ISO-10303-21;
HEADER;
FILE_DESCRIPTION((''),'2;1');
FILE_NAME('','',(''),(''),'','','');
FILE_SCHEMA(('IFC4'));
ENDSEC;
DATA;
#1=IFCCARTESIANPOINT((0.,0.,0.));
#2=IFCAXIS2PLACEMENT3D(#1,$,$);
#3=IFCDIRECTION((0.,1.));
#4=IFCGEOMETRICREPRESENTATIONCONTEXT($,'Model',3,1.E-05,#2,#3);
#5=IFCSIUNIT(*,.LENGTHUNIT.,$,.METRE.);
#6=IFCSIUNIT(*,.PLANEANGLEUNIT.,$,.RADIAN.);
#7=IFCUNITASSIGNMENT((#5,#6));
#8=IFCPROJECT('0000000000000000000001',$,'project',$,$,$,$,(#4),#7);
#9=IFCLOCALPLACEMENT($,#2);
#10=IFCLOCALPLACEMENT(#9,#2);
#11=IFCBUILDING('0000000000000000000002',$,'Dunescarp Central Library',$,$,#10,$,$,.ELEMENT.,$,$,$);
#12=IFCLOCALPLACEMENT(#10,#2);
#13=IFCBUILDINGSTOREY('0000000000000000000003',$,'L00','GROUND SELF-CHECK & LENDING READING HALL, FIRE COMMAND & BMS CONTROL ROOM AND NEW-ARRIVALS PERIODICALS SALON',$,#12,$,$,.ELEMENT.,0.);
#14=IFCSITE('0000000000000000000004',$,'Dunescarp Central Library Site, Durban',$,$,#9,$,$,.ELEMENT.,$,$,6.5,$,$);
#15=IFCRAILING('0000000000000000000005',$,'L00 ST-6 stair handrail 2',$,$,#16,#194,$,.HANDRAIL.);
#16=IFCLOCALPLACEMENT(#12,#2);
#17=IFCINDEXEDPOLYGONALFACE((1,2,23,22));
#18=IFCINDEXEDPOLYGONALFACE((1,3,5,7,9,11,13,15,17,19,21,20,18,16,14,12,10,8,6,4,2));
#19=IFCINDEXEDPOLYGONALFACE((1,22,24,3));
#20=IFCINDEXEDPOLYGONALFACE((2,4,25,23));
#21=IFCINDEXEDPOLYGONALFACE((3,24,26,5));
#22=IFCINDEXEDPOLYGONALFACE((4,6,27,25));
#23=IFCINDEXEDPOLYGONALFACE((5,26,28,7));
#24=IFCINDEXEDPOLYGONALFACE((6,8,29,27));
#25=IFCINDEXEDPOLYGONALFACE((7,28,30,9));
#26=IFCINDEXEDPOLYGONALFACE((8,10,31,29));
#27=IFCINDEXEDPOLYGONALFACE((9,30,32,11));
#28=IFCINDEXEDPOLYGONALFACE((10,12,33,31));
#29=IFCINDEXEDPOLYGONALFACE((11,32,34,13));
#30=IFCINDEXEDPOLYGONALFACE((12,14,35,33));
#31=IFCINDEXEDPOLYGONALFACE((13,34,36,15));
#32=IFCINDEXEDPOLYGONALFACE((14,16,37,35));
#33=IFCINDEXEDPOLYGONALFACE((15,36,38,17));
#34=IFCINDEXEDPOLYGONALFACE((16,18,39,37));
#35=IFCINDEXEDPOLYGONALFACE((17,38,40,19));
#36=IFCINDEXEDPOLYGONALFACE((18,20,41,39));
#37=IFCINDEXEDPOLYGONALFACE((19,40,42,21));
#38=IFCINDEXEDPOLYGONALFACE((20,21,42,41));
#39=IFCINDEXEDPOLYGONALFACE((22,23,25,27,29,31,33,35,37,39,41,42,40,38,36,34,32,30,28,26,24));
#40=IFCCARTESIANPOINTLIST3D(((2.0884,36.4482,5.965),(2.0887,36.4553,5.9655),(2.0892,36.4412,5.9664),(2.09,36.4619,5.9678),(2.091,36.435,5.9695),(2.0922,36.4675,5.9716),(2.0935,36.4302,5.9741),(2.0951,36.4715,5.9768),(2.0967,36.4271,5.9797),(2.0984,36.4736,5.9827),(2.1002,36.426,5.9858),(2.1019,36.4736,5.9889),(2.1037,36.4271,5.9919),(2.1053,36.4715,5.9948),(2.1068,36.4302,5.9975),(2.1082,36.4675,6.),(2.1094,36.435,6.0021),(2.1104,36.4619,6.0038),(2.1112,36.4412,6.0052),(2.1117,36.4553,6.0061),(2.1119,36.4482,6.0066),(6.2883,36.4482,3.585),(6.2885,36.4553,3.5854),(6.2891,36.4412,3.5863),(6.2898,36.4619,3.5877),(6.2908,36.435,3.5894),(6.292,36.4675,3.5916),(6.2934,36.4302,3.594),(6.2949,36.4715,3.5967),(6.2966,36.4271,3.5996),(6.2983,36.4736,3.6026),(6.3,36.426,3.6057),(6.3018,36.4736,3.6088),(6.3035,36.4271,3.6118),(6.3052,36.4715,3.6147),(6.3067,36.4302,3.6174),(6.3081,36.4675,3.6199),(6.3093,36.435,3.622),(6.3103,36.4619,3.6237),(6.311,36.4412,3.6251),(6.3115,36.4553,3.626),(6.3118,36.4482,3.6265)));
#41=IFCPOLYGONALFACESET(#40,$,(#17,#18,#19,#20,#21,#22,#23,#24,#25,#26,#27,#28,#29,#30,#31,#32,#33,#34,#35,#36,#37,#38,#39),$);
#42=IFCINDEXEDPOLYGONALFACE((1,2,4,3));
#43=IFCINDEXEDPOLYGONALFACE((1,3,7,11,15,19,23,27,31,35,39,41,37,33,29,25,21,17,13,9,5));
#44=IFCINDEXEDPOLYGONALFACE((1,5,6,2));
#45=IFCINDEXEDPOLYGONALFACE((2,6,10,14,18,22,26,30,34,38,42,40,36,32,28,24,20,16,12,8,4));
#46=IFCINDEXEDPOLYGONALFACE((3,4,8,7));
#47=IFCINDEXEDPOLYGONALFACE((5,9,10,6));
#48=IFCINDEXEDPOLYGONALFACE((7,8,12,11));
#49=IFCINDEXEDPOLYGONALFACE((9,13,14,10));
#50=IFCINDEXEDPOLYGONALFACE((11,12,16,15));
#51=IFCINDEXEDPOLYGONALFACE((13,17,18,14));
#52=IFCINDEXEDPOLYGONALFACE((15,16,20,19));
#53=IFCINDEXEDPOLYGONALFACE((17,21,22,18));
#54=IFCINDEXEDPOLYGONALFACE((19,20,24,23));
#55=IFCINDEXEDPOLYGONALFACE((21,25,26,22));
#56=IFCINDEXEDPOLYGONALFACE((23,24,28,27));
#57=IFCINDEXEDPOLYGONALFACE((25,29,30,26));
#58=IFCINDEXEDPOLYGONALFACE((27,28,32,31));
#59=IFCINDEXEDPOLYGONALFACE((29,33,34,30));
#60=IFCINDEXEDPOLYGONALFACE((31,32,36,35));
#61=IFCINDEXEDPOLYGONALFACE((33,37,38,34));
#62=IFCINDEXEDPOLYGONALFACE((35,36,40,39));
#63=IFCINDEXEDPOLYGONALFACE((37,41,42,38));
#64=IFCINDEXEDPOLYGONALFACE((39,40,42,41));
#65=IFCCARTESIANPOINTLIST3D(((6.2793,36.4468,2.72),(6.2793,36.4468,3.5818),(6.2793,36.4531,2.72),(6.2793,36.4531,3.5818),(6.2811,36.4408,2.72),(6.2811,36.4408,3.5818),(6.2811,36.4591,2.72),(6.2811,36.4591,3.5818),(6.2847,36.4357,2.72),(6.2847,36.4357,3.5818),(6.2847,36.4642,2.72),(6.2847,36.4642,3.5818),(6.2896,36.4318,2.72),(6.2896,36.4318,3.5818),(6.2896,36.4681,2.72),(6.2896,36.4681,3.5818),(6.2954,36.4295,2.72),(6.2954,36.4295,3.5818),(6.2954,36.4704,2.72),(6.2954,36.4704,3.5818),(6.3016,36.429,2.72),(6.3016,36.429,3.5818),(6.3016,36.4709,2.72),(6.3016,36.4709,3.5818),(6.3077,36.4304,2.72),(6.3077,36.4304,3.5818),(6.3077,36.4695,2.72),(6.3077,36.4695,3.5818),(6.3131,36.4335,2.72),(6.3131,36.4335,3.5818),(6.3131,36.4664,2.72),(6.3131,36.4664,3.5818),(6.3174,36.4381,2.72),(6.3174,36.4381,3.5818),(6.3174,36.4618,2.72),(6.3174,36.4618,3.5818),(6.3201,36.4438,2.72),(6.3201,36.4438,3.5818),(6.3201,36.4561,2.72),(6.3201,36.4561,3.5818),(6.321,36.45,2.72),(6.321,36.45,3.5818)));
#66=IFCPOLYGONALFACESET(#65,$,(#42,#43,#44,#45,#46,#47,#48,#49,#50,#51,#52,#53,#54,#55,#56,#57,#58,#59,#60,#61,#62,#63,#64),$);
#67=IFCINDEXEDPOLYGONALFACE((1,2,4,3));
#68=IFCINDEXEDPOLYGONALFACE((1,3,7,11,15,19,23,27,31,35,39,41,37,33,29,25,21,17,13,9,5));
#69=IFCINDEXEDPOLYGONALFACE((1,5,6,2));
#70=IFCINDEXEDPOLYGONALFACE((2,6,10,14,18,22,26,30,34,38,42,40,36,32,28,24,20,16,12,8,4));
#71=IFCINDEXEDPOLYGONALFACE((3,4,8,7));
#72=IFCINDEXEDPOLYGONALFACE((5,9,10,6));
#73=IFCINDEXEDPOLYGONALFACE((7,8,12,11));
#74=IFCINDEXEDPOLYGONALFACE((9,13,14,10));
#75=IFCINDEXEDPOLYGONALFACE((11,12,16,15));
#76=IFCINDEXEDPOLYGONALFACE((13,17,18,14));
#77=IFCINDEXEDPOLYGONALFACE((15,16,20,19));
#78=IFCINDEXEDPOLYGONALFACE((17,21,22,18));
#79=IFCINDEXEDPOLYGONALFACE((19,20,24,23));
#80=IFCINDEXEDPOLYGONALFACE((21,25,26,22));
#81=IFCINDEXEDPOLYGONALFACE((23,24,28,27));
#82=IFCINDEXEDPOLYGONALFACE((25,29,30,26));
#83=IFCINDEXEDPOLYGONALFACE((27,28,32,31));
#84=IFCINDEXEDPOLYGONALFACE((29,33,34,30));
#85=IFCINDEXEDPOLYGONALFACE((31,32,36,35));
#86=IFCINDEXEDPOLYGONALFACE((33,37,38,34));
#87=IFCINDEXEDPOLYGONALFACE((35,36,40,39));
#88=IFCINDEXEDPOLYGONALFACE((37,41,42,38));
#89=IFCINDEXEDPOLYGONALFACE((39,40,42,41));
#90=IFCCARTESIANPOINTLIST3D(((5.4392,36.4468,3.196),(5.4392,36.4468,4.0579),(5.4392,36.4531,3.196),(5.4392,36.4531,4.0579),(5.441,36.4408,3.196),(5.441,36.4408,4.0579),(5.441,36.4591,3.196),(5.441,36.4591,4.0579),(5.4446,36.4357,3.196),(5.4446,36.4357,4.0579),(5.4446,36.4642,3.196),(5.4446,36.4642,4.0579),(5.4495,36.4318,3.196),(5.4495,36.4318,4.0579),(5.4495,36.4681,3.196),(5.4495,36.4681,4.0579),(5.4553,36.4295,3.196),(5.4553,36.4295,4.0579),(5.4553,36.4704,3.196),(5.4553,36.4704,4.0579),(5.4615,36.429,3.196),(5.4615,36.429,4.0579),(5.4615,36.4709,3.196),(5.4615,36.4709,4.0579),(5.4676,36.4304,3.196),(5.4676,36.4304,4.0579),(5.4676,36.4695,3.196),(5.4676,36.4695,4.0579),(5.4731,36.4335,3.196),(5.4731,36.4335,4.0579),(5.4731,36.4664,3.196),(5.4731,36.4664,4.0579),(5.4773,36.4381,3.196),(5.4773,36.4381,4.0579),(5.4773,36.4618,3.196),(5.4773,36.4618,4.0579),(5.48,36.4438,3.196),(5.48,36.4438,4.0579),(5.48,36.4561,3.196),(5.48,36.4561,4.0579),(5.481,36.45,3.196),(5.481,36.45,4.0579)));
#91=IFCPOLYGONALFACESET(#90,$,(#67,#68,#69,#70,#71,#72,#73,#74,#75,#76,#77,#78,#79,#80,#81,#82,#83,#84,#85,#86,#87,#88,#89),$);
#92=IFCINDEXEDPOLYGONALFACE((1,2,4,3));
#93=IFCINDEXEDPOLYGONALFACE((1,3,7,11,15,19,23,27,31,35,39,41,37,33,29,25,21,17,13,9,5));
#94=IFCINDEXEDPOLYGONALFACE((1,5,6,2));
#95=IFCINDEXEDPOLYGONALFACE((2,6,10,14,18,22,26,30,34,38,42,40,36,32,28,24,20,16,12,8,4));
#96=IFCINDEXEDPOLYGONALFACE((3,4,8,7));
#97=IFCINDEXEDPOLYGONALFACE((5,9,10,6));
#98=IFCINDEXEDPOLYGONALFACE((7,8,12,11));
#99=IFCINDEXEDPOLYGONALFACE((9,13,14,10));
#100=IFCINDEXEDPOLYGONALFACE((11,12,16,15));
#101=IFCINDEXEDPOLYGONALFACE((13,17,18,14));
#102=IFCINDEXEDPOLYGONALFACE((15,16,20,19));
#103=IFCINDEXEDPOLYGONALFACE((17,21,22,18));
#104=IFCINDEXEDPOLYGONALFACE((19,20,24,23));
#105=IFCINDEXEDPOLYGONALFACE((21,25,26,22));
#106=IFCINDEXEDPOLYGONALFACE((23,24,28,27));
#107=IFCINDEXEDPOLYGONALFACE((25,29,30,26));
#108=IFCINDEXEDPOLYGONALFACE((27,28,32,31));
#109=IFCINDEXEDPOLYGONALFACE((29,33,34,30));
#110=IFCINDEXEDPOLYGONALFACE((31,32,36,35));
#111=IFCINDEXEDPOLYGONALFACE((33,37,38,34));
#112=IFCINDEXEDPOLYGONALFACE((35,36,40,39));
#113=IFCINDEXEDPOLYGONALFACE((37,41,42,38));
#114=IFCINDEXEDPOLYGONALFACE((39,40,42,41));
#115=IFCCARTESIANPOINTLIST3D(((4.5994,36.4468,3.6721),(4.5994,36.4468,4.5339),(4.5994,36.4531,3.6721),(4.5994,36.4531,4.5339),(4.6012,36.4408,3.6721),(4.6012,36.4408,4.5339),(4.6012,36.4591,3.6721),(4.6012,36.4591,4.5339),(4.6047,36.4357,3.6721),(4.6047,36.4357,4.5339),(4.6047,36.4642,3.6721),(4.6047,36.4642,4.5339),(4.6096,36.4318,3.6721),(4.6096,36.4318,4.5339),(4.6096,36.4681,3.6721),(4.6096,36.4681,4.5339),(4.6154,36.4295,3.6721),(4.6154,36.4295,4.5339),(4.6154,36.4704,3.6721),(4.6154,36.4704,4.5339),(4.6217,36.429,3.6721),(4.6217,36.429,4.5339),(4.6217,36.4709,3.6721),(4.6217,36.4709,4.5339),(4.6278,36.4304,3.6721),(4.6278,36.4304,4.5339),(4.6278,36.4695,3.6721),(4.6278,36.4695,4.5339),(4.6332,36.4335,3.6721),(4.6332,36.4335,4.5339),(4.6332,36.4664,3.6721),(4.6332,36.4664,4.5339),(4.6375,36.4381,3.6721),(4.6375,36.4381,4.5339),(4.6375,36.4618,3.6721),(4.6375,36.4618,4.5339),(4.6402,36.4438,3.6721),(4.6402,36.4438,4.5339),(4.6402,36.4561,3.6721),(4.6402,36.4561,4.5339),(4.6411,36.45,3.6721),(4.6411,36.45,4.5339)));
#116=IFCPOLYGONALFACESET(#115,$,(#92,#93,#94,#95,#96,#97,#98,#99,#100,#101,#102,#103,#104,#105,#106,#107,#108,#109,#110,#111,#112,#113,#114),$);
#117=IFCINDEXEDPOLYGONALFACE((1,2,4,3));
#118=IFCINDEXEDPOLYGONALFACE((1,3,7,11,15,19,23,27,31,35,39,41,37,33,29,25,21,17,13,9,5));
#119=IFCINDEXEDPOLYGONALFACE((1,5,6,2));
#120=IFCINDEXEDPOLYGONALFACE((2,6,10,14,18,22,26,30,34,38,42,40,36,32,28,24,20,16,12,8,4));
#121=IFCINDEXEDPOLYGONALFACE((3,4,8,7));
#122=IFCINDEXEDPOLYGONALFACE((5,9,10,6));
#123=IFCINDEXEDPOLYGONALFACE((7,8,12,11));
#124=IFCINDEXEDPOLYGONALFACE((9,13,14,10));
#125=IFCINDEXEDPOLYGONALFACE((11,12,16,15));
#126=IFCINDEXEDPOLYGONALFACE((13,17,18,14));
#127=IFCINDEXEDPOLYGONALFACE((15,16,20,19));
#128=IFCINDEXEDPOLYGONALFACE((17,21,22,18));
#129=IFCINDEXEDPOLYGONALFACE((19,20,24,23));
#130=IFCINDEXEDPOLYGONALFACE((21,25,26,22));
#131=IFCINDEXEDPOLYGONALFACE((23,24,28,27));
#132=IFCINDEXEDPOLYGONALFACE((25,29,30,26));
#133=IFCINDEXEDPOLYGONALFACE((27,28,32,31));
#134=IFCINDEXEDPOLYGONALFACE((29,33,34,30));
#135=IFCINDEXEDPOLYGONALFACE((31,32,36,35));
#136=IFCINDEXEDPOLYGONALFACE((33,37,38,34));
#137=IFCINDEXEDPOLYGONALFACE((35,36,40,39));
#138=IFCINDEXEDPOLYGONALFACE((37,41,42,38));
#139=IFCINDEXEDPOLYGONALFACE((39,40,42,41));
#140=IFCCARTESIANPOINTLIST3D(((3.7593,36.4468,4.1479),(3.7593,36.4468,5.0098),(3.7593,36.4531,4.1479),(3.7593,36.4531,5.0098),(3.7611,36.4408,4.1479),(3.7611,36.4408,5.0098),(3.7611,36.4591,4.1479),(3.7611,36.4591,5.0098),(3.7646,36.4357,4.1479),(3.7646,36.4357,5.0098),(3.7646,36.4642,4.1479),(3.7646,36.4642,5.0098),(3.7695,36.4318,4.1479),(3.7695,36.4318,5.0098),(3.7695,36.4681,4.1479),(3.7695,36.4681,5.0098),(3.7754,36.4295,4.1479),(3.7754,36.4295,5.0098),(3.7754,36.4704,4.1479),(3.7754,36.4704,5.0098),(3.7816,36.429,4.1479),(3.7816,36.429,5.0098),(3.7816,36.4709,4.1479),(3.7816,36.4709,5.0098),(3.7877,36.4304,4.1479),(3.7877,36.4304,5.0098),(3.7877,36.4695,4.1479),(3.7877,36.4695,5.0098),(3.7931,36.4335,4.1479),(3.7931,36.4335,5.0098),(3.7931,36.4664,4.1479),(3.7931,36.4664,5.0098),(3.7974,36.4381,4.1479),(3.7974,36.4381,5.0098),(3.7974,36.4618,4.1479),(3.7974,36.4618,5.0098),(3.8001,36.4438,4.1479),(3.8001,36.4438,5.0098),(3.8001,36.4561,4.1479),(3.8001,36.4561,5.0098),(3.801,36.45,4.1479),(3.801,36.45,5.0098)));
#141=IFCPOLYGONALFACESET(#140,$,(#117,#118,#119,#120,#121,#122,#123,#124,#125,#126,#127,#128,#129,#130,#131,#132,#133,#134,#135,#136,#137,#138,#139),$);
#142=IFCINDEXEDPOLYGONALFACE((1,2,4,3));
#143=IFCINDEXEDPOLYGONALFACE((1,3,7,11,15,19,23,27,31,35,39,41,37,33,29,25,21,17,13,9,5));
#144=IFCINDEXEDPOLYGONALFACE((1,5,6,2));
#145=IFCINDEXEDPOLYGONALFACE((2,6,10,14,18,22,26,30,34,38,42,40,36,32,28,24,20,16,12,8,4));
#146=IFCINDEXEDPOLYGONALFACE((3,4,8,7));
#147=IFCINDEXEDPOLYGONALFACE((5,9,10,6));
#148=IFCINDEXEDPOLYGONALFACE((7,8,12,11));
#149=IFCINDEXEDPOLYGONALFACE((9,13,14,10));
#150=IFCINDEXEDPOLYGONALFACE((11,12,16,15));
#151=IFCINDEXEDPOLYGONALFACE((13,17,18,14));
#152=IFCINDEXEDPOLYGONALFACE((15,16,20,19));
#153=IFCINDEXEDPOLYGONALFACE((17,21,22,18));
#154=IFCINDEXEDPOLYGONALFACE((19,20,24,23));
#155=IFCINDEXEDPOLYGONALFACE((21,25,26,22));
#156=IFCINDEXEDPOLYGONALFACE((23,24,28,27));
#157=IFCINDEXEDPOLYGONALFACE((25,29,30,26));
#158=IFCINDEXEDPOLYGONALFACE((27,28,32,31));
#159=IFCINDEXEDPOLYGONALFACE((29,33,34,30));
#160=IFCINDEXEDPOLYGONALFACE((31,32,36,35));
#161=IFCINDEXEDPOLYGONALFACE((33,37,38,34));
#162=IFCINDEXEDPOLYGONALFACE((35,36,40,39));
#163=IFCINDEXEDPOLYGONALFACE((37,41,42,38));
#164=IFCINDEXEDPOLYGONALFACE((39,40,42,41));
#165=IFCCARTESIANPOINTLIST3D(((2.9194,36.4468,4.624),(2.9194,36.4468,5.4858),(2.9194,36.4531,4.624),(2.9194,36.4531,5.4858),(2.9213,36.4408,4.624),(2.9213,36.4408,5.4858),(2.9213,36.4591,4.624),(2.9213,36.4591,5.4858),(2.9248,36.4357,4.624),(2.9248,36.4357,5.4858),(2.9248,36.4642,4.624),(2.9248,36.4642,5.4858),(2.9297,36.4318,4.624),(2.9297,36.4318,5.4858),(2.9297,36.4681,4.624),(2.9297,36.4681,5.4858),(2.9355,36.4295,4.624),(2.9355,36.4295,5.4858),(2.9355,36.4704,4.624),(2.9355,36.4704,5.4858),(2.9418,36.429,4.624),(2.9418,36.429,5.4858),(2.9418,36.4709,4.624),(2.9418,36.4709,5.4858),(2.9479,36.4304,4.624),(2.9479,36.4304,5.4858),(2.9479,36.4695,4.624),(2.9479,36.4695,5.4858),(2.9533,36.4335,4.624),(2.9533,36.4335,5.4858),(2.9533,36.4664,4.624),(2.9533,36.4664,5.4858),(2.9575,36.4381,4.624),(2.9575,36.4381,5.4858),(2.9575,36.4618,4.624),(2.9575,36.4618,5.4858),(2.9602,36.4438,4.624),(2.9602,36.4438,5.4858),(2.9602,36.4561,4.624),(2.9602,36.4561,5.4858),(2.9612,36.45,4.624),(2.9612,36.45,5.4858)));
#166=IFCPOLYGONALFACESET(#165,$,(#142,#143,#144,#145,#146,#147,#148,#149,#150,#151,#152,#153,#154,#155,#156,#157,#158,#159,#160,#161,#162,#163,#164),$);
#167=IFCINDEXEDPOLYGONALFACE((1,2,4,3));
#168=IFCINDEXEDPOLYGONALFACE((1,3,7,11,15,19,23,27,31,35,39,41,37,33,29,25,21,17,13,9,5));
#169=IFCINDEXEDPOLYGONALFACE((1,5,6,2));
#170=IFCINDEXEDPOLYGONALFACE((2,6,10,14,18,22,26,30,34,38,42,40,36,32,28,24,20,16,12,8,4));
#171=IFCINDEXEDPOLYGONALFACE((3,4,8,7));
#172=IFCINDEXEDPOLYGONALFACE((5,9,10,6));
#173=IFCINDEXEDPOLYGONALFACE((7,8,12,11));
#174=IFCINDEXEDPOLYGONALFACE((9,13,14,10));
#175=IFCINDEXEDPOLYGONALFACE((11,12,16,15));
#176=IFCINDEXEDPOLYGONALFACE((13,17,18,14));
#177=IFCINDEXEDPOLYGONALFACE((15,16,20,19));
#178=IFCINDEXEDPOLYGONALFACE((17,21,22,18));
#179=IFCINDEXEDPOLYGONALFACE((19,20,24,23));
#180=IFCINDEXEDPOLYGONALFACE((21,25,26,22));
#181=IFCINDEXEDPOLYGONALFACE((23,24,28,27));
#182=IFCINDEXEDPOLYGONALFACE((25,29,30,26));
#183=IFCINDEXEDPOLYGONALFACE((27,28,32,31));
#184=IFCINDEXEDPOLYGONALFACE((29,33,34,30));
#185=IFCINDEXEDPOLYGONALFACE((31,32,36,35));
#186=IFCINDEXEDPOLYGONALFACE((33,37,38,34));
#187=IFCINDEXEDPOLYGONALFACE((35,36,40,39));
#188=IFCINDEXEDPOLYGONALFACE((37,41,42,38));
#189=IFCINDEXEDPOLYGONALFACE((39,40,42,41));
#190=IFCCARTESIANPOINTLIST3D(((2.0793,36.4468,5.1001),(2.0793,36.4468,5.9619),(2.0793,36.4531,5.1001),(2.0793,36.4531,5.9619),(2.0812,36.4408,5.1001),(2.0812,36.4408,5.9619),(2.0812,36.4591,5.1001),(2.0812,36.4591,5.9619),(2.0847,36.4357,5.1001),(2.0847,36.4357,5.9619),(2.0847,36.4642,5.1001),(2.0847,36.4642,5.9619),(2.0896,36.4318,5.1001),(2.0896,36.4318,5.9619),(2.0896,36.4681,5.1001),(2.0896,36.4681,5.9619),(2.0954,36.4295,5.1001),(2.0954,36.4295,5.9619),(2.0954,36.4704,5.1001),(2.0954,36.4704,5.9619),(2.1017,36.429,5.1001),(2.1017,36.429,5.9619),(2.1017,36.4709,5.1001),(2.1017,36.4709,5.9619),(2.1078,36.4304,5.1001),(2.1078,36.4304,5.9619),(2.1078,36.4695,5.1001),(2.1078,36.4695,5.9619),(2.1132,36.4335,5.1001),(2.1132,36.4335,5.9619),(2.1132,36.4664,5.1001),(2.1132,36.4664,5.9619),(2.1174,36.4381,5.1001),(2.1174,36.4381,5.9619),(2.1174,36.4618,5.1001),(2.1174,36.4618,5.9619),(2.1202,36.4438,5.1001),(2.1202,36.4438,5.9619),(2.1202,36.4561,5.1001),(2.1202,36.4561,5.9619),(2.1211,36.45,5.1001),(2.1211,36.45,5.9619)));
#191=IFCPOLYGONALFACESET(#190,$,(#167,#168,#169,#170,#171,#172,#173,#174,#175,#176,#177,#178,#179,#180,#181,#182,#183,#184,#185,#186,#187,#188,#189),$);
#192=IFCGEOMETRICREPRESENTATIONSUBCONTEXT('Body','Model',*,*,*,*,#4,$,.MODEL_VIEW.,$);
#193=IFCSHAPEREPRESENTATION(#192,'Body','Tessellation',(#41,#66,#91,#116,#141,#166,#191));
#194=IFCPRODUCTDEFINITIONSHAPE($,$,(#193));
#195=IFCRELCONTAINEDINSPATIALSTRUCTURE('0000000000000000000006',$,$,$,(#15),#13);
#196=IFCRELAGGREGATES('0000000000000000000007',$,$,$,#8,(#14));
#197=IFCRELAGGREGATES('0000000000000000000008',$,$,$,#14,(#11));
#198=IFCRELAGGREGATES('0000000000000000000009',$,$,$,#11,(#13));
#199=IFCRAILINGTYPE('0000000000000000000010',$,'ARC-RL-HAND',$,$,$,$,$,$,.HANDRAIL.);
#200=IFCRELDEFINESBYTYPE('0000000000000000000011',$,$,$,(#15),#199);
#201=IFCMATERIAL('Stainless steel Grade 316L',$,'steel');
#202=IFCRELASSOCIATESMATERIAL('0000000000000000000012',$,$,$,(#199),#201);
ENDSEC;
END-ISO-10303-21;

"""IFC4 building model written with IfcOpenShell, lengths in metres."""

from ifc_helpers import new_model, si_unit, direction, frame, origin, origin_2d, place, context, subcontext, project, spatial, circle, extrude, material, type_object, element, save


model = new_model("IFC4")

# Units and contexts
model_context = context("Model", 3, precision=1e-05, world=origin(), true_north=direction((0.0, 1.0)))
body_context = subcontext(model_context, "Body", "Model", "MODEL_VIEW")
ifc_project = project(units=[si_unit("LENGTHUNIT", "METRE"), si_unit("PLANEANGLEUNIT", "RADIAN")], contexts=[model_context])

# Site, building, storey
site_placement = place(None, origin())
site = spatial("IfcSite", under=ifc_project, at=site_placement, Name="Dunescarp Central Library Site, Durban", CompositionType="ELEMENT", RefElevation=6.5)
building_placement = place(site_placement, origin())
building = spatial("IfcBuilding", under=site, at=building_placement, Name="Dunescarp Central Library", CompositionType="ELEMENT")
storey_placement = place(building_placement, origin())
storey = spatial("IfcBuildingStorey", under=building, at=storey_placement, Name="L00", Description="GROUND SELF-CHECK & LENDING READING HALL, FIRE COMMAND & BMS CONTROL ROOM AND NEW-ARRIVALS PERIODICALS SALON", CompositionType="ELEMENT", Elevation=0.0)

# Railing
ifc_material_1 = material(Name="Stainless steel Grade 316L", Category="steel")
railing_type_1 = type_object("IfcRailingType", Name="ARC-RL-HAND", PredefinedType="HANDRAIL", material=ifc_material_1)
railing_1_placement = place(storey_placement, frame((6.3, 36.45, 2.72)))
element("IfcRailing", 1, at=railing_1_placement, inside=storey, type_object=railing_type_1, Name="L00 ST-6 stair handrail 2", PredefinedType="HANDRAIL", context=body_context, shape_type="SweptSolid", body=[
    extrude(circle(Radius=0.0239, at=origin_2d()), frame((0.0, 0.0, 0.8857), z_axis=(-0.870008, 0.0, 0.493037), x_axis=(0.0, -1.0, 0.0)), (0.0, 0.0, 1.0), 4.8274),
    extrude(circle(Radius=0.021, at=origin_2d()), origin(), (0.0, 0.0, 1.0), 0.8618),
    extrude(circle(Radius=0.021, at=origin_2d()), frame((-0.8401, 0.0, 0.4761)), (0.0, 0.0, 1.0), 0.8618),
    extrude(circle(Radius=0.021, at=origin_2d()), frame((-1.6799, 0.0, 0.9521)), (0.0, 0.0, 1.0), 0.8618),
    extrude(circle(Radius=0.021, at=origin_2d()), frame((-2.52, 0.0, 1.428)), (0.0, 0.0, 1.0), 0.8618),
    extrude(circle(Radius=0.021, at=origin_2d()), frame((-3.3599, 0.0, 1.9041)), (0.0, 0.0, 1.0), 0.8618),
    extrude(circle(Radius=0.021, at=origin_2d()), frame((-4.2, 0.0, 2.3801)), (0.0, 0.0, 1.0), 0.8618),
])

save(model, "model.ifc")
